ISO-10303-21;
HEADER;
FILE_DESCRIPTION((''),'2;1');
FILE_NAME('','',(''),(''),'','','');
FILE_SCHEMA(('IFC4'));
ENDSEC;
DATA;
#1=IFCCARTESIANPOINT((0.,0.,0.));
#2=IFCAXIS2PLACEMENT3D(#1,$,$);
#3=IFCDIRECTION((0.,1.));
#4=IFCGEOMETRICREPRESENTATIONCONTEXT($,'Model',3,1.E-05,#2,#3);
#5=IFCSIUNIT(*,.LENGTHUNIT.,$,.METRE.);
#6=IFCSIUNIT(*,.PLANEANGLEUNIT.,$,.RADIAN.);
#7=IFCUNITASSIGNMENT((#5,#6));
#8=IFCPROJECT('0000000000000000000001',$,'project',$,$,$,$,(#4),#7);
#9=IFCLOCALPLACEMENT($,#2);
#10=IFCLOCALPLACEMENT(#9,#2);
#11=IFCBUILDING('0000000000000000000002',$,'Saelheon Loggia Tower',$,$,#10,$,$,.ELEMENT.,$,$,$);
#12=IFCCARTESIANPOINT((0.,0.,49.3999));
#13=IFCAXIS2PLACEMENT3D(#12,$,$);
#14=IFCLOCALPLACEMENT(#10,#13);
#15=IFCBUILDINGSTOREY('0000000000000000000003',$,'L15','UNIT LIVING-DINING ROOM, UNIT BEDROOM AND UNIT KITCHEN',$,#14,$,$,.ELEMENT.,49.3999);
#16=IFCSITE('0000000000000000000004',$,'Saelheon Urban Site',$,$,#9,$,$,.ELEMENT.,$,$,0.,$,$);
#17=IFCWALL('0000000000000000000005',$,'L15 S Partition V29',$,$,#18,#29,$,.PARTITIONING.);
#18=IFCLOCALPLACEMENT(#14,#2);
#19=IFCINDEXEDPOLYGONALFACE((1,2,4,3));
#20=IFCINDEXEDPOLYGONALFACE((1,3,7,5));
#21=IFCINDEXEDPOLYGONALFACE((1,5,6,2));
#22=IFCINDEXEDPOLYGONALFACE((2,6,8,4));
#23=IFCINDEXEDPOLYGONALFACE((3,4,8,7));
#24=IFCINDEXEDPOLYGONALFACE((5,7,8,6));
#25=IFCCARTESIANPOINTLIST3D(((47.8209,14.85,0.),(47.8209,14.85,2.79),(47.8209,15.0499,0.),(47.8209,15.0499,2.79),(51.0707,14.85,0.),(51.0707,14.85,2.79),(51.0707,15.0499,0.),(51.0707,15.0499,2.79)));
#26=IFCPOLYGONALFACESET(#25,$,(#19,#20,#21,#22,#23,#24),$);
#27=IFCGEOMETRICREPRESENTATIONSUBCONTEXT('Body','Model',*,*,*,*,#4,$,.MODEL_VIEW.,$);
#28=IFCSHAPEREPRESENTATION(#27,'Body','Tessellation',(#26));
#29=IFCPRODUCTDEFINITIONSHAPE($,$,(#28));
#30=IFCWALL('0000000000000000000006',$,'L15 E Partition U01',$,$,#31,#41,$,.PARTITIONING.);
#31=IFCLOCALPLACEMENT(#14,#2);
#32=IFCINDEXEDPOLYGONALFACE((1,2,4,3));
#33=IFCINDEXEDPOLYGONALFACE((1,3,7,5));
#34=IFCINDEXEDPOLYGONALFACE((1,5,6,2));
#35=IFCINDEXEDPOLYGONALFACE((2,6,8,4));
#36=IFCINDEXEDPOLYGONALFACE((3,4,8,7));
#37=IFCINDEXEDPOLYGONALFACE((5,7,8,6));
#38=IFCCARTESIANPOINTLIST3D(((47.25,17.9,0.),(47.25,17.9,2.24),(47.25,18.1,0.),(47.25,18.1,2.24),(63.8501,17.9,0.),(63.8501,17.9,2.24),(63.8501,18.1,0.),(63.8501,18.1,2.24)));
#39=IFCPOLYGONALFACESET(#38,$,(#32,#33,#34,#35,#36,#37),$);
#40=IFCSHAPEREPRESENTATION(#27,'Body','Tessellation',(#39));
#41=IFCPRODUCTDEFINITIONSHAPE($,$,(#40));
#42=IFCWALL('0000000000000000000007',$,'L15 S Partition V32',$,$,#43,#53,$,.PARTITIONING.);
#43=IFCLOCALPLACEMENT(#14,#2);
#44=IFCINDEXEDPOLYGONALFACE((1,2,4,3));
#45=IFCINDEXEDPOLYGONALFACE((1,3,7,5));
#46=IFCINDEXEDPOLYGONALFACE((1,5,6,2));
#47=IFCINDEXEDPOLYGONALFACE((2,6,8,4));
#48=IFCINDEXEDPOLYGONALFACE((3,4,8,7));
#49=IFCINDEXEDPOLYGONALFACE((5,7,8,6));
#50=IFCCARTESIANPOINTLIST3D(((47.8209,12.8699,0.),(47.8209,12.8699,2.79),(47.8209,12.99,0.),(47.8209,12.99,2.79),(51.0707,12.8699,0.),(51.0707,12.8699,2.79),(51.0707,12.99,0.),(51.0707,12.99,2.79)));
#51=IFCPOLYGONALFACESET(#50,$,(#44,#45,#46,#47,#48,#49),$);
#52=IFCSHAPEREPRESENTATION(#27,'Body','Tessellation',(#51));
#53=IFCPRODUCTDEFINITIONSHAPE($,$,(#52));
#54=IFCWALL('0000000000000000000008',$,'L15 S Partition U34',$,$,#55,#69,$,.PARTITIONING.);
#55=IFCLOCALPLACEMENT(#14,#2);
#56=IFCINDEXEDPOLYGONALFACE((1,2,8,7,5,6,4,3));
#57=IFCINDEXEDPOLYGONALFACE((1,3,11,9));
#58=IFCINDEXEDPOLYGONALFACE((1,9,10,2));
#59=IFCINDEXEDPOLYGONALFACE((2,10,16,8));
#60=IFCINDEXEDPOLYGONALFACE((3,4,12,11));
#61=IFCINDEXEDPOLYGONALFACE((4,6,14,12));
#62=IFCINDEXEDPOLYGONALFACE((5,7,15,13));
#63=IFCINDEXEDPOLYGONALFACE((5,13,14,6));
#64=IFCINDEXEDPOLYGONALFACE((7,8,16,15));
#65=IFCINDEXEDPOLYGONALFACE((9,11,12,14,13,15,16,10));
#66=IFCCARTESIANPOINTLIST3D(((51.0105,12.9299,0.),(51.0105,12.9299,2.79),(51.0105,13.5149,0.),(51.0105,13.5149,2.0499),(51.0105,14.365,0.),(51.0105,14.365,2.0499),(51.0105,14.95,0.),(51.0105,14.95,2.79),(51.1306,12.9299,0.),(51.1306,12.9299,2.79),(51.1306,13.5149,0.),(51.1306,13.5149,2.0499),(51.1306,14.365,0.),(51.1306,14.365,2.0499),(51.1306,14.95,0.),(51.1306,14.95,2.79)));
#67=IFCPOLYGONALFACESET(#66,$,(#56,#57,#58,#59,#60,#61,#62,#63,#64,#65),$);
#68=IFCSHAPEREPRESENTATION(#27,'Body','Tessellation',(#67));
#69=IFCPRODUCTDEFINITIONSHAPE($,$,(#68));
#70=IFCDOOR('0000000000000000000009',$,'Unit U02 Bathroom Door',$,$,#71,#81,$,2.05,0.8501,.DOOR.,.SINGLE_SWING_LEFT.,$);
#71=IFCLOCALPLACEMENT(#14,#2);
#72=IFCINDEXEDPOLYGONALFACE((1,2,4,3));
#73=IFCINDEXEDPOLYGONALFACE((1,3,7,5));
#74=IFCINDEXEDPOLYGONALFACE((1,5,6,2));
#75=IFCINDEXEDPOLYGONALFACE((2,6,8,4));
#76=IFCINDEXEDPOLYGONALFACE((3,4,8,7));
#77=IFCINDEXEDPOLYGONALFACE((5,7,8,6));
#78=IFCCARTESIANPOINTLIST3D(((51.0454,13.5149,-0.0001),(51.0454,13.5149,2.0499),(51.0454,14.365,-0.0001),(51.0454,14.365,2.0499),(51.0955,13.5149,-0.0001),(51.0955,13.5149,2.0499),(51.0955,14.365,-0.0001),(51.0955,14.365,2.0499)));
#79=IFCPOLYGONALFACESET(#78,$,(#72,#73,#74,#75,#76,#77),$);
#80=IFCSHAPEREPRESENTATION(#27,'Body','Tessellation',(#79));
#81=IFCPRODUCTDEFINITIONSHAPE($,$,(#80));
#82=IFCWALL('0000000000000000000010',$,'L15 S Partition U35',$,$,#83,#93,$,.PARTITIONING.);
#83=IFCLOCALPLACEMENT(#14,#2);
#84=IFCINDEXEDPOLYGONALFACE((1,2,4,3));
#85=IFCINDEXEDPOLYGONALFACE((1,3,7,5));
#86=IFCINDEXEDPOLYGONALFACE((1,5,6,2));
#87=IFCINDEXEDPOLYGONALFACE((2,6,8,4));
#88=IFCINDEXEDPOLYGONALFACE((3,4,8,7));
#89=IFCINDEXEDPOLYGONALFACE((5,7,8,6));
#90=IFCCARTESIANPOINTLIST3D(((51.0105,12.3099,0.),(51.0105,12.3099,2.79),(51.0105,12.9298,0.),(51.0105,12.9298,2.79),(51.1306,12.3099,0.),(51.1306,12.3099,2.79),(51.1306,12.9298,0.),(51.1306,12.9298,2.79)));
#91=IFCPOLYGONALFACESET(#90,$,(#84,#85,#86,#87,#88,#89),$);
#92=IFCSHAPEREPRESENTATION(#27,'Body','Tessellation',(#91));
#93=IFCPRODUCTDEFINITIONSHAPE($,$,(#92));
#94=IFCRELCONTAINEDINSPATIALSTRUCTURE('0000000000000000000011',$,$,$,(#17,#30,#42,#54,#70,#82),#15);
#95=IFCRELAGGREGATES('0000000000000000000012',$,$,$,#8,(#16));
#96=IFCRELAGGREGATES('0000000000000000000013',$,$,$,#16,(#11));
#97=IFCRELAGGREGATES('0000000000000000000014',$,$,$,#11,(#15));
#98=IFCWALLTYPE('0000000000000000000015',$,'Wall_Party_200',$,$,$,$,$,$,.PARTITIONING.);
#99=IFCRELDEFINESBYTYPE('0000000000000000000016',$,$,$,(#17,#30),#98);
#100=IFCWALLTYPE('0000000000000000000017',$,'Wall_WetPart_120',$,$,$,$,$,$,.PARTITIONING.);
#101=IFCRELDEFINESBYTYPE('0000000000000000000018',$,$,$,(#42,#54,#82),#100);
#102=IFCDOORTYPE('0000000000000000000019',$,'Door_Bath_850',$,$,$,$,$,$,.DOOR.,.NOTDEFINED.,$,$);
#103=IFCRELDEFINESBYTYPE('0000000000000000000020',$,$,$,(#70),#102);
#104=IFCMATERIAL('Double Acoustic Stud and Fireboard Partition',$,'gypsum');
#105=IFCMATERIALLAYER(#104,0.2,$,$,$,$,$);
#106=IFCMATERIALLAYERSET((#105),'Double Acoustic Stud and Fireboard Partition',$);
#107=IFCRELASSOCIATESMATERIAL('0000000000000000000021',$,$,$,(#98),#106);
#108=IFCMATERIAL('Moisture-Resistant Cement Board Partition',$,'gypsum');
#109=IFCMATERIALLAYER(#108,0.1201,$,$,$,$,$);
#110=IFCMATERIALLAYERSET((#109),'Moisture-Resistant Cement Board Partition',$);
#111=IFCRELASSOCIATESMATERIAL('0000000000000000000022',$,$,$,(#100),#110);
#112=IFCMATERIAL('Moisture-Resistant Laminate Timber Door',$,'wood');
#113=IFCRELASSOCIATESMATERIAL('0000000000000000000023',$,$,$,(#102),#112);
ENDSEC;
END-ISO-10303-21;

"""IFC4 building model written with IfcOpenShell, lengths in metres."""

from ifc_helpers import new_model, si_unit, direction, frame, frame_2d, origin, place, context, subcontext, project, spatial, rectangle, extrude, source, transform, mapped, material, layer, layer_set, type_object, element, fill, save


model = new_model("IFC4")

# Units and contexts
model_context = context("Model", 3, precision=1e-05, world=origin(), true_north=direction((0.0, 1.0)))
body_context = subcontext(model_context, "Body", "Model", "MODEL_VIEW")
ifc_project = project(units=[si_unit("LENGTHUNIT", "METRE"), si_unit("PLANEANGLEUNIT", "RADIAN")], contexts=[model_context])

# Site, building, storey
site_placement = place(None, origin())
site = spatial("IfcSite", under=ifc_project, at=site_placement, Name="Saelheon Urban Site", CompositionType="ELEMENT", RefElevation=0.0)
building_placement = place(site_placement, origin())
building = spatial("IfcBuilding", under=site, at=building_placement, Name="Saelheon Loggia Tower", CompositionType="ELEMENT")
storey_placement = place(building_placement, frame((0.0, 0.0, 49.3999)))
storey = spatial("IfcBuildingStorey", under=building, at=storey_placement, Name="L15", Description="UNIT LIVING-DINING ROOM, UNIT BEDROOM AND UNIT KITCHEN", CompositionType="ELEMENT", Elevation=49.3999)

# Wall
ifc_material_1 = material(Name="Double Acoustic Stud and Fireboard Partition", Category="gypsum")
ifc_layer_1 = layer(ifc_material_1, 0.2)
ifc_layer_set_1 = layer_set([ifc_layer_1], Name="Double Acoustic Stud and Fireboard Partition")
wall_type_1 = type_object("IfcWallType", Name="Wall_Party_200", PredefinedType="PARTITIONING", material=ifc_layer_set_1)
wall_1_placement = place(storey_placement, frame((47.8208, 14.95, 0.0), z_axis=(0.0, 0.0, 1.0), x_axis=(1.0, 0.0, 0.0)))
element("IfcWall", 1, at=wall_1_placement, inside=storey, type_object=wall_type_1, Name="L15 S Partition V29", PredefinedType="PARTITIONING", context=body_context, shape_type="SweptSolid", body=[
    extrude(rectangle(XDim=3.2498, YDim=0.2, at=frame_2d((1.625, 0.0))), origin(), (0.0, 0.0, 1.0), 2.79),
])

# Walls
wall_2_placement = place(storey_placement, frame((47.25, 18.0, 0.0), z_axis=(0.0, 0.0, 1.0), x_axis=(1.0, 0.0, 0.0)))
element("IfcWall", 2, at=wall_2_placement, inside=storey, type_object=wall_type_1, Name="L15 E Partition U01", PredefinedType="PARTITIONING", context=body_context, shape_type="SweptSolid", body=[
    extrude(rectangle(XDim=16.6001, YDim=0.2, at=frame_2d((8.3, 0.0))), origin(), (0.0, 0.0, 1.0), 2.24),
])
ifc_material_2 = material(Name="Moisture-Resistant Cement Board Partition", Category="gypsum")
ifc_layer_2 = layer(ifc_material_2, 0.1201)
ifc_layer_set_2 = layer_set([ifc_layer_2], Name="Moisture-Resistant Cement Board Partition")
wall_type_2 = type_object("IfcWallType", Name="Wall_WetPart_120", PredefinedType="PARTITIONING", material=ifc_layer_set_2)
wall_3_placement = place(storey_placement, frame((47.8208, 12.9299, 0.0), z_axis=(0.0, 0.0, 1.0), x_axis=(1.0, 0.0, 0.0)))
element("IfcWall", 3, at=wall_3_placement, inside=storey, type_object=wall_type_2, Name="L15 S Partition V32", PredefinedType="PARTITIONING", context=body_context, shape_type="SweptSolid", body=[
    extrude(rectangle(XDim=3.2498, YDim=0.1201, at=frame_2d((1.625, 0.0))), origin(), (0.0, 0.0, 1.0), 2.79),
])

# Wall, opening, door
wall_4_placement = place(storey_placement, frame((51.0706, 14.95, 0.0), z_axis=(0.0, 0.0, 1.0), x_axis=(0.0, -1.0, 0.0)))
wall_4 = element("IfcWall", 4, at=wall_4_placement, inside=storey, type_object=wall_type_2, Name="L15 S Partition U34", PredefinedType="PARTITIONING", context=body_context, shape_type="SweptSolid", body=[
    extrude(rectangle(XDim=2.02, YDim=0.1201, at=frame_2d((1.01, 0.0))), origin(), (0.0, 0.0, 1.0), 2.79),
])
opening_1_placement = place(wall_4_placement, frame((0.585, 0.0, 0.0)))
opening_1 = element("IfcOpeningElement", 5, at=opening_1_placement, cuts=wall_4, PredefinedType="OPENING", context=body_context, shape_type="SweptSolid", body=[
    extrude(rectangle(XDim=0.8501, YDim=2.05, at=frame_2d((0.425, 1.0249))), frame((0.0, 0.072, 0.0), z_axis=(0.0, -1.0, 0.0), x_axis=(1.0, 0.0, 0.0)), (0.0, 0.0, 1.0), 0.144),
])
ifc_material_3 = material(Name="Moisture-Resistant Laminate Timber Door", Category="wood")
door_type_1 = type_object("IfcDoorType", Name="Door_Bath_850", OperationType="NOTDEFINED", PredefinedType="DOOR", material=ifc_material_3)
shared_shape_1 = source(origin(), body_context, "Body", "SweptSolid", [
    extrude(rectangle(XDim=0.8501, YDim=2.05, at=frame_2d((0.425, 1.0249))), frame((0.0, 0.0249, 0.0), z_axis=(0.0, -1.0, 0.0), x_axis=(1.0, 0.0, 0.0)), (0.0, 0.0, 1.0), 0.05),
])
door_1_placement = place(opening_1_placement, origin())
door_1 = element("IfcDoor", 6, at=door_1_placement, inside=storey, type_object=door_type_1, Name="Unit U02 Bathroom Door", OperationType="SINGLE_SWING_LEFT", OverallHeight=2.05, OverallWidth=0.8501, PredefinedType="DOOR", context=body_context, shape_type="MappedRepresentation", body=[
    mapped(shared_shape_1, transform((0.0, 0.0, 0.0), scale=1.0)),
])
fill(opening_1, door_1)

# Wall
wall_5_placement = place(storey_placement, frame((51.0706, 12.9299, 0.0), z_axis=(0.0, 0.0, 1.0), x_axis=(0.0, -1.0, 0.0)))
element("IfcWall", 7, at=wall_5_placement, inside=storey, type_object=wall_type_2, Name="L15 S Partition U35", PredefinedType="PARTITIONING", context=body_context, shape_type="SweptSolid", body=[
    extrude(rectangle(XDim=0.6199, YDim=0.1201, at=frame_2d((0.3101, 0.0))), origin(), (0.0, 0.0, 1.0), 2.79),
])

save(model, "model.ifc")
